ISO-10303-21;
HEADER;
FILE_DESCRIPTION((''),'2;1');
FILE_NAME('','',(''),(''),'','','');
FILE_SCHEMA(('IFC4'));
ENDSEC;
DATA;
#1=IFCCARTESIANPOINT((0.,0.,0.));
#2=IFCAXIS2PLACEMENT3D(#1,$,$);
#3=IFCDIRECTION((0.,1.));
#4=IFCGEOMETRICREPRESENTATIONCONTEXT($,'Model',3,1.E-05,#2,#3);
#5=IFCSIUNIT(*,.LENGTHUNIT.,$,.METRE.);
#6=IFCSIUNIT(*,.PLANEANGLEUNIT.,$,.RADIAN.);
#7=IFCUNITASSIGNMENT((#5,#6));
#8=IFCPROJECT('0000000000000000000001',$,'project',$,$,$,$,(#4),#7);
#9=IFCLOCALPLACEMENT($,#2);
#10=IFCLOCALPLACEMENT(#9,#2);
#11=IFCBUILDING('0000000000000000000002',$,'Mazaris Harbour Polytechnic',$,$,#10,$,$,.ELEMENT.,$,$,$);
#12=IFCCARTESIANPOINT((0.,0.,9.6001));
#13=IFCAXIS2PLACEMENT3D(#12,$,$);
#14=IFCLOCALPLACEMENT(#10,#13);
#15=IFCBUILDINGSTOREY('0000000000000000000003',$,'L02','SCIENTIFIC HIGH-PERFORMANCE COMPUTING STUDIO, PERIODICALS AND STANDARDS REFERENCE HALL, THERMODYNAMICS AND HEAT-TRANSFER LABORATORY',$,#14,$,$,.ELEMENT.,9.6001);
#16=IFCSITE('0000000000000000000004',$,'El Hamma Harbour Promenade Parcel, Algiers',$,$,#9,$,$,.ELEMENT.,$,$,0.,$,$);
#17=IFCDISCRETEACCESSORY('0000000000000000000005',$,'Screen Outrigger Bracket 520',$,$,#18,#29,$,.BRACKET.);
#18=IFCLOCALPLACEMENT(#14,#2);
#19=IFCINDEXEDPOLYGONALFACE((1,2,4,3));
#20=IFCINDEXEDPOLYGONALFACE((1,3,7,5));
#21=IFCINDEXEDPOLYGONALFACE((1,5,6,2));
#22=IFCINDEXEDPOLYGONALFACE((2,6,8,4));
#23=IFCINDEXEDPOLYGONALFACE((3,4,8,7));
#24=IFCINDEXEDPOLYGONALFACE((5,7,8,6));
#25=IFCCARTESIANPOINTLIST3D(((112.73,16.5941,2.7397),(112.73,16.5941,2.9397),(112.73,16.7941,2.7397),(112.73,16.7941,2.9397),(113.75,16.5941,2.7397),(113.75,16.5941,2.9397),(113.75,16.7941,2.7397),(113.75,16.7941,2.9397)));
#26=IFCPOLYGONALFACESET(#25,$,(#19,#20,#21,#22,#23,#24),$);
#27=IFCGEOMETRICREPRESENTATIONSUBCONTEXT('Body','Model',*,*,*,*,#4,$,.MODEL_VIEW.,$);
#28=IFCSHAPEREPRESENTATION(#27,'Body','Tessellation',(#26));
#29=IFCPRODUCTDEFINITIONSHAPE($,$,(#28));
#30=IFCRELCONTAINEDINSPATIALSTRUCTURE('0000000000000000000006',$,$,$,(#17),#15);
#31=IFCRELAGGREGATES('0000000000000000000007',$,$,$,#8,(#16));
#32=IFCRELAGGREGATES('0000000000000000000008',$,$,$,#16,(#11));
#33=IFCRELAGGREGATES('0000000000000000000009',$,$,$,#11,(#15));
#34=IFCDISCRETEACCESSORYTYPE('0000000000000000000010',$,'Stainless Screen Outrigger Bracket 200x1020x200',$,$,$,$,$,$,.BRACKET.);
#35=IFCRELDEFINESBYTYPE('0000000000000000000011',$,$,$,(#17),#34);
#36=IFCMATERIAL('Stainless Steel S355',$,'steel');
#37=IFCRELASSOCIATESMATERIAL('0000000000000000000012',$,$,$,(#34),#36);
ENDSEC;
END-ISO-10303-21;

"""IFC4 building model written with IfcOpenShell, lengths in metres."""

from ifc_helpers import new_model, si_unit, direction, frame, origin, origin_2d, place, context, subcontext, project, spatial, rectangle, extrude, material, type_object, element, save


model = new_model("IFC4")

# Units and contexts
model_context = context("Model", 3, precision=1e-05, world=origin(), true_north=direction((0.0, 1.0)))
body_context = subcontext(model_context, "Body", "Model", "MODEL_VIEW")
ifc_project = project(units=[si_unit("LENGTHUNIT", "METRE"), si_unit("PLANEANGLEUNIT", "RADIAN")], contexts=[model_context])

# Site, building, storey
site_placement = place(None, origin())
site = spatial("IfcSite", under=ifc_project, at=site_placement, Name="El Hamma Harbour Promenade Parcel, Algiers", CompositionType="ELEMENT", RefElevation=0.0)
building_placement = place(site_placement, origin())
building = spatial("IfcBuilding", under=site, at=building_placement, Name="Mazaris Harbour Polytechnic", CompositionType="ELEMENT")
storey_placement = place(building_placement, frame((0.0, 0.0, 9.6001)))
storey = spatial("IfcBuildingStorey", under=building, at=storey_placement, Name="L02", Description="SCIENTIFIC HIGH-PERFORMANCE COMPUTING STUDIO, PERIODICALS AND STANDARDS REFERENCE HALL, THERMODYNAMICS AND HEAT-TRANSFER LABORATORY", CompositionType="ELEMENT", Elevation=9.6001)

# Discrete accessory
ifc_material_1 = material(Name="Stainless Steel S355", Category="steel")
discrete_accessory_type = type_object("IfcDiscreteAccessoryType", Name="Stainless Screen Outrigger Bracket 200x1020x200", PredefinedType="BRACKET", material=ifc_material_1)
for number, where, z_axis, x_axis, name in (
    (1, (113.24, 16.6941, 2.7397), (0.0, 0.0, 1.0), (0.0, -1.0, 0.0), "Screen Outrigger Bracket 520"),
):
    element("IfcDiscreteAccessory", number, at=place(storey_placement, frame(where, z_axis=z_axis, x_axis=x_axis)), inside=storey, type_object=discrete_accessory_type, Name=name, PredefinedType="BRACKET", context=body_context, shape_type="SweptSolid", body=[
        extrude(rectangle(XDim=0.2, YDim=1.02, at=origin_2d()), origin(), (0.0, 0.0, 1.0), 0.2),
    ])

save(model, "model.ifc")
